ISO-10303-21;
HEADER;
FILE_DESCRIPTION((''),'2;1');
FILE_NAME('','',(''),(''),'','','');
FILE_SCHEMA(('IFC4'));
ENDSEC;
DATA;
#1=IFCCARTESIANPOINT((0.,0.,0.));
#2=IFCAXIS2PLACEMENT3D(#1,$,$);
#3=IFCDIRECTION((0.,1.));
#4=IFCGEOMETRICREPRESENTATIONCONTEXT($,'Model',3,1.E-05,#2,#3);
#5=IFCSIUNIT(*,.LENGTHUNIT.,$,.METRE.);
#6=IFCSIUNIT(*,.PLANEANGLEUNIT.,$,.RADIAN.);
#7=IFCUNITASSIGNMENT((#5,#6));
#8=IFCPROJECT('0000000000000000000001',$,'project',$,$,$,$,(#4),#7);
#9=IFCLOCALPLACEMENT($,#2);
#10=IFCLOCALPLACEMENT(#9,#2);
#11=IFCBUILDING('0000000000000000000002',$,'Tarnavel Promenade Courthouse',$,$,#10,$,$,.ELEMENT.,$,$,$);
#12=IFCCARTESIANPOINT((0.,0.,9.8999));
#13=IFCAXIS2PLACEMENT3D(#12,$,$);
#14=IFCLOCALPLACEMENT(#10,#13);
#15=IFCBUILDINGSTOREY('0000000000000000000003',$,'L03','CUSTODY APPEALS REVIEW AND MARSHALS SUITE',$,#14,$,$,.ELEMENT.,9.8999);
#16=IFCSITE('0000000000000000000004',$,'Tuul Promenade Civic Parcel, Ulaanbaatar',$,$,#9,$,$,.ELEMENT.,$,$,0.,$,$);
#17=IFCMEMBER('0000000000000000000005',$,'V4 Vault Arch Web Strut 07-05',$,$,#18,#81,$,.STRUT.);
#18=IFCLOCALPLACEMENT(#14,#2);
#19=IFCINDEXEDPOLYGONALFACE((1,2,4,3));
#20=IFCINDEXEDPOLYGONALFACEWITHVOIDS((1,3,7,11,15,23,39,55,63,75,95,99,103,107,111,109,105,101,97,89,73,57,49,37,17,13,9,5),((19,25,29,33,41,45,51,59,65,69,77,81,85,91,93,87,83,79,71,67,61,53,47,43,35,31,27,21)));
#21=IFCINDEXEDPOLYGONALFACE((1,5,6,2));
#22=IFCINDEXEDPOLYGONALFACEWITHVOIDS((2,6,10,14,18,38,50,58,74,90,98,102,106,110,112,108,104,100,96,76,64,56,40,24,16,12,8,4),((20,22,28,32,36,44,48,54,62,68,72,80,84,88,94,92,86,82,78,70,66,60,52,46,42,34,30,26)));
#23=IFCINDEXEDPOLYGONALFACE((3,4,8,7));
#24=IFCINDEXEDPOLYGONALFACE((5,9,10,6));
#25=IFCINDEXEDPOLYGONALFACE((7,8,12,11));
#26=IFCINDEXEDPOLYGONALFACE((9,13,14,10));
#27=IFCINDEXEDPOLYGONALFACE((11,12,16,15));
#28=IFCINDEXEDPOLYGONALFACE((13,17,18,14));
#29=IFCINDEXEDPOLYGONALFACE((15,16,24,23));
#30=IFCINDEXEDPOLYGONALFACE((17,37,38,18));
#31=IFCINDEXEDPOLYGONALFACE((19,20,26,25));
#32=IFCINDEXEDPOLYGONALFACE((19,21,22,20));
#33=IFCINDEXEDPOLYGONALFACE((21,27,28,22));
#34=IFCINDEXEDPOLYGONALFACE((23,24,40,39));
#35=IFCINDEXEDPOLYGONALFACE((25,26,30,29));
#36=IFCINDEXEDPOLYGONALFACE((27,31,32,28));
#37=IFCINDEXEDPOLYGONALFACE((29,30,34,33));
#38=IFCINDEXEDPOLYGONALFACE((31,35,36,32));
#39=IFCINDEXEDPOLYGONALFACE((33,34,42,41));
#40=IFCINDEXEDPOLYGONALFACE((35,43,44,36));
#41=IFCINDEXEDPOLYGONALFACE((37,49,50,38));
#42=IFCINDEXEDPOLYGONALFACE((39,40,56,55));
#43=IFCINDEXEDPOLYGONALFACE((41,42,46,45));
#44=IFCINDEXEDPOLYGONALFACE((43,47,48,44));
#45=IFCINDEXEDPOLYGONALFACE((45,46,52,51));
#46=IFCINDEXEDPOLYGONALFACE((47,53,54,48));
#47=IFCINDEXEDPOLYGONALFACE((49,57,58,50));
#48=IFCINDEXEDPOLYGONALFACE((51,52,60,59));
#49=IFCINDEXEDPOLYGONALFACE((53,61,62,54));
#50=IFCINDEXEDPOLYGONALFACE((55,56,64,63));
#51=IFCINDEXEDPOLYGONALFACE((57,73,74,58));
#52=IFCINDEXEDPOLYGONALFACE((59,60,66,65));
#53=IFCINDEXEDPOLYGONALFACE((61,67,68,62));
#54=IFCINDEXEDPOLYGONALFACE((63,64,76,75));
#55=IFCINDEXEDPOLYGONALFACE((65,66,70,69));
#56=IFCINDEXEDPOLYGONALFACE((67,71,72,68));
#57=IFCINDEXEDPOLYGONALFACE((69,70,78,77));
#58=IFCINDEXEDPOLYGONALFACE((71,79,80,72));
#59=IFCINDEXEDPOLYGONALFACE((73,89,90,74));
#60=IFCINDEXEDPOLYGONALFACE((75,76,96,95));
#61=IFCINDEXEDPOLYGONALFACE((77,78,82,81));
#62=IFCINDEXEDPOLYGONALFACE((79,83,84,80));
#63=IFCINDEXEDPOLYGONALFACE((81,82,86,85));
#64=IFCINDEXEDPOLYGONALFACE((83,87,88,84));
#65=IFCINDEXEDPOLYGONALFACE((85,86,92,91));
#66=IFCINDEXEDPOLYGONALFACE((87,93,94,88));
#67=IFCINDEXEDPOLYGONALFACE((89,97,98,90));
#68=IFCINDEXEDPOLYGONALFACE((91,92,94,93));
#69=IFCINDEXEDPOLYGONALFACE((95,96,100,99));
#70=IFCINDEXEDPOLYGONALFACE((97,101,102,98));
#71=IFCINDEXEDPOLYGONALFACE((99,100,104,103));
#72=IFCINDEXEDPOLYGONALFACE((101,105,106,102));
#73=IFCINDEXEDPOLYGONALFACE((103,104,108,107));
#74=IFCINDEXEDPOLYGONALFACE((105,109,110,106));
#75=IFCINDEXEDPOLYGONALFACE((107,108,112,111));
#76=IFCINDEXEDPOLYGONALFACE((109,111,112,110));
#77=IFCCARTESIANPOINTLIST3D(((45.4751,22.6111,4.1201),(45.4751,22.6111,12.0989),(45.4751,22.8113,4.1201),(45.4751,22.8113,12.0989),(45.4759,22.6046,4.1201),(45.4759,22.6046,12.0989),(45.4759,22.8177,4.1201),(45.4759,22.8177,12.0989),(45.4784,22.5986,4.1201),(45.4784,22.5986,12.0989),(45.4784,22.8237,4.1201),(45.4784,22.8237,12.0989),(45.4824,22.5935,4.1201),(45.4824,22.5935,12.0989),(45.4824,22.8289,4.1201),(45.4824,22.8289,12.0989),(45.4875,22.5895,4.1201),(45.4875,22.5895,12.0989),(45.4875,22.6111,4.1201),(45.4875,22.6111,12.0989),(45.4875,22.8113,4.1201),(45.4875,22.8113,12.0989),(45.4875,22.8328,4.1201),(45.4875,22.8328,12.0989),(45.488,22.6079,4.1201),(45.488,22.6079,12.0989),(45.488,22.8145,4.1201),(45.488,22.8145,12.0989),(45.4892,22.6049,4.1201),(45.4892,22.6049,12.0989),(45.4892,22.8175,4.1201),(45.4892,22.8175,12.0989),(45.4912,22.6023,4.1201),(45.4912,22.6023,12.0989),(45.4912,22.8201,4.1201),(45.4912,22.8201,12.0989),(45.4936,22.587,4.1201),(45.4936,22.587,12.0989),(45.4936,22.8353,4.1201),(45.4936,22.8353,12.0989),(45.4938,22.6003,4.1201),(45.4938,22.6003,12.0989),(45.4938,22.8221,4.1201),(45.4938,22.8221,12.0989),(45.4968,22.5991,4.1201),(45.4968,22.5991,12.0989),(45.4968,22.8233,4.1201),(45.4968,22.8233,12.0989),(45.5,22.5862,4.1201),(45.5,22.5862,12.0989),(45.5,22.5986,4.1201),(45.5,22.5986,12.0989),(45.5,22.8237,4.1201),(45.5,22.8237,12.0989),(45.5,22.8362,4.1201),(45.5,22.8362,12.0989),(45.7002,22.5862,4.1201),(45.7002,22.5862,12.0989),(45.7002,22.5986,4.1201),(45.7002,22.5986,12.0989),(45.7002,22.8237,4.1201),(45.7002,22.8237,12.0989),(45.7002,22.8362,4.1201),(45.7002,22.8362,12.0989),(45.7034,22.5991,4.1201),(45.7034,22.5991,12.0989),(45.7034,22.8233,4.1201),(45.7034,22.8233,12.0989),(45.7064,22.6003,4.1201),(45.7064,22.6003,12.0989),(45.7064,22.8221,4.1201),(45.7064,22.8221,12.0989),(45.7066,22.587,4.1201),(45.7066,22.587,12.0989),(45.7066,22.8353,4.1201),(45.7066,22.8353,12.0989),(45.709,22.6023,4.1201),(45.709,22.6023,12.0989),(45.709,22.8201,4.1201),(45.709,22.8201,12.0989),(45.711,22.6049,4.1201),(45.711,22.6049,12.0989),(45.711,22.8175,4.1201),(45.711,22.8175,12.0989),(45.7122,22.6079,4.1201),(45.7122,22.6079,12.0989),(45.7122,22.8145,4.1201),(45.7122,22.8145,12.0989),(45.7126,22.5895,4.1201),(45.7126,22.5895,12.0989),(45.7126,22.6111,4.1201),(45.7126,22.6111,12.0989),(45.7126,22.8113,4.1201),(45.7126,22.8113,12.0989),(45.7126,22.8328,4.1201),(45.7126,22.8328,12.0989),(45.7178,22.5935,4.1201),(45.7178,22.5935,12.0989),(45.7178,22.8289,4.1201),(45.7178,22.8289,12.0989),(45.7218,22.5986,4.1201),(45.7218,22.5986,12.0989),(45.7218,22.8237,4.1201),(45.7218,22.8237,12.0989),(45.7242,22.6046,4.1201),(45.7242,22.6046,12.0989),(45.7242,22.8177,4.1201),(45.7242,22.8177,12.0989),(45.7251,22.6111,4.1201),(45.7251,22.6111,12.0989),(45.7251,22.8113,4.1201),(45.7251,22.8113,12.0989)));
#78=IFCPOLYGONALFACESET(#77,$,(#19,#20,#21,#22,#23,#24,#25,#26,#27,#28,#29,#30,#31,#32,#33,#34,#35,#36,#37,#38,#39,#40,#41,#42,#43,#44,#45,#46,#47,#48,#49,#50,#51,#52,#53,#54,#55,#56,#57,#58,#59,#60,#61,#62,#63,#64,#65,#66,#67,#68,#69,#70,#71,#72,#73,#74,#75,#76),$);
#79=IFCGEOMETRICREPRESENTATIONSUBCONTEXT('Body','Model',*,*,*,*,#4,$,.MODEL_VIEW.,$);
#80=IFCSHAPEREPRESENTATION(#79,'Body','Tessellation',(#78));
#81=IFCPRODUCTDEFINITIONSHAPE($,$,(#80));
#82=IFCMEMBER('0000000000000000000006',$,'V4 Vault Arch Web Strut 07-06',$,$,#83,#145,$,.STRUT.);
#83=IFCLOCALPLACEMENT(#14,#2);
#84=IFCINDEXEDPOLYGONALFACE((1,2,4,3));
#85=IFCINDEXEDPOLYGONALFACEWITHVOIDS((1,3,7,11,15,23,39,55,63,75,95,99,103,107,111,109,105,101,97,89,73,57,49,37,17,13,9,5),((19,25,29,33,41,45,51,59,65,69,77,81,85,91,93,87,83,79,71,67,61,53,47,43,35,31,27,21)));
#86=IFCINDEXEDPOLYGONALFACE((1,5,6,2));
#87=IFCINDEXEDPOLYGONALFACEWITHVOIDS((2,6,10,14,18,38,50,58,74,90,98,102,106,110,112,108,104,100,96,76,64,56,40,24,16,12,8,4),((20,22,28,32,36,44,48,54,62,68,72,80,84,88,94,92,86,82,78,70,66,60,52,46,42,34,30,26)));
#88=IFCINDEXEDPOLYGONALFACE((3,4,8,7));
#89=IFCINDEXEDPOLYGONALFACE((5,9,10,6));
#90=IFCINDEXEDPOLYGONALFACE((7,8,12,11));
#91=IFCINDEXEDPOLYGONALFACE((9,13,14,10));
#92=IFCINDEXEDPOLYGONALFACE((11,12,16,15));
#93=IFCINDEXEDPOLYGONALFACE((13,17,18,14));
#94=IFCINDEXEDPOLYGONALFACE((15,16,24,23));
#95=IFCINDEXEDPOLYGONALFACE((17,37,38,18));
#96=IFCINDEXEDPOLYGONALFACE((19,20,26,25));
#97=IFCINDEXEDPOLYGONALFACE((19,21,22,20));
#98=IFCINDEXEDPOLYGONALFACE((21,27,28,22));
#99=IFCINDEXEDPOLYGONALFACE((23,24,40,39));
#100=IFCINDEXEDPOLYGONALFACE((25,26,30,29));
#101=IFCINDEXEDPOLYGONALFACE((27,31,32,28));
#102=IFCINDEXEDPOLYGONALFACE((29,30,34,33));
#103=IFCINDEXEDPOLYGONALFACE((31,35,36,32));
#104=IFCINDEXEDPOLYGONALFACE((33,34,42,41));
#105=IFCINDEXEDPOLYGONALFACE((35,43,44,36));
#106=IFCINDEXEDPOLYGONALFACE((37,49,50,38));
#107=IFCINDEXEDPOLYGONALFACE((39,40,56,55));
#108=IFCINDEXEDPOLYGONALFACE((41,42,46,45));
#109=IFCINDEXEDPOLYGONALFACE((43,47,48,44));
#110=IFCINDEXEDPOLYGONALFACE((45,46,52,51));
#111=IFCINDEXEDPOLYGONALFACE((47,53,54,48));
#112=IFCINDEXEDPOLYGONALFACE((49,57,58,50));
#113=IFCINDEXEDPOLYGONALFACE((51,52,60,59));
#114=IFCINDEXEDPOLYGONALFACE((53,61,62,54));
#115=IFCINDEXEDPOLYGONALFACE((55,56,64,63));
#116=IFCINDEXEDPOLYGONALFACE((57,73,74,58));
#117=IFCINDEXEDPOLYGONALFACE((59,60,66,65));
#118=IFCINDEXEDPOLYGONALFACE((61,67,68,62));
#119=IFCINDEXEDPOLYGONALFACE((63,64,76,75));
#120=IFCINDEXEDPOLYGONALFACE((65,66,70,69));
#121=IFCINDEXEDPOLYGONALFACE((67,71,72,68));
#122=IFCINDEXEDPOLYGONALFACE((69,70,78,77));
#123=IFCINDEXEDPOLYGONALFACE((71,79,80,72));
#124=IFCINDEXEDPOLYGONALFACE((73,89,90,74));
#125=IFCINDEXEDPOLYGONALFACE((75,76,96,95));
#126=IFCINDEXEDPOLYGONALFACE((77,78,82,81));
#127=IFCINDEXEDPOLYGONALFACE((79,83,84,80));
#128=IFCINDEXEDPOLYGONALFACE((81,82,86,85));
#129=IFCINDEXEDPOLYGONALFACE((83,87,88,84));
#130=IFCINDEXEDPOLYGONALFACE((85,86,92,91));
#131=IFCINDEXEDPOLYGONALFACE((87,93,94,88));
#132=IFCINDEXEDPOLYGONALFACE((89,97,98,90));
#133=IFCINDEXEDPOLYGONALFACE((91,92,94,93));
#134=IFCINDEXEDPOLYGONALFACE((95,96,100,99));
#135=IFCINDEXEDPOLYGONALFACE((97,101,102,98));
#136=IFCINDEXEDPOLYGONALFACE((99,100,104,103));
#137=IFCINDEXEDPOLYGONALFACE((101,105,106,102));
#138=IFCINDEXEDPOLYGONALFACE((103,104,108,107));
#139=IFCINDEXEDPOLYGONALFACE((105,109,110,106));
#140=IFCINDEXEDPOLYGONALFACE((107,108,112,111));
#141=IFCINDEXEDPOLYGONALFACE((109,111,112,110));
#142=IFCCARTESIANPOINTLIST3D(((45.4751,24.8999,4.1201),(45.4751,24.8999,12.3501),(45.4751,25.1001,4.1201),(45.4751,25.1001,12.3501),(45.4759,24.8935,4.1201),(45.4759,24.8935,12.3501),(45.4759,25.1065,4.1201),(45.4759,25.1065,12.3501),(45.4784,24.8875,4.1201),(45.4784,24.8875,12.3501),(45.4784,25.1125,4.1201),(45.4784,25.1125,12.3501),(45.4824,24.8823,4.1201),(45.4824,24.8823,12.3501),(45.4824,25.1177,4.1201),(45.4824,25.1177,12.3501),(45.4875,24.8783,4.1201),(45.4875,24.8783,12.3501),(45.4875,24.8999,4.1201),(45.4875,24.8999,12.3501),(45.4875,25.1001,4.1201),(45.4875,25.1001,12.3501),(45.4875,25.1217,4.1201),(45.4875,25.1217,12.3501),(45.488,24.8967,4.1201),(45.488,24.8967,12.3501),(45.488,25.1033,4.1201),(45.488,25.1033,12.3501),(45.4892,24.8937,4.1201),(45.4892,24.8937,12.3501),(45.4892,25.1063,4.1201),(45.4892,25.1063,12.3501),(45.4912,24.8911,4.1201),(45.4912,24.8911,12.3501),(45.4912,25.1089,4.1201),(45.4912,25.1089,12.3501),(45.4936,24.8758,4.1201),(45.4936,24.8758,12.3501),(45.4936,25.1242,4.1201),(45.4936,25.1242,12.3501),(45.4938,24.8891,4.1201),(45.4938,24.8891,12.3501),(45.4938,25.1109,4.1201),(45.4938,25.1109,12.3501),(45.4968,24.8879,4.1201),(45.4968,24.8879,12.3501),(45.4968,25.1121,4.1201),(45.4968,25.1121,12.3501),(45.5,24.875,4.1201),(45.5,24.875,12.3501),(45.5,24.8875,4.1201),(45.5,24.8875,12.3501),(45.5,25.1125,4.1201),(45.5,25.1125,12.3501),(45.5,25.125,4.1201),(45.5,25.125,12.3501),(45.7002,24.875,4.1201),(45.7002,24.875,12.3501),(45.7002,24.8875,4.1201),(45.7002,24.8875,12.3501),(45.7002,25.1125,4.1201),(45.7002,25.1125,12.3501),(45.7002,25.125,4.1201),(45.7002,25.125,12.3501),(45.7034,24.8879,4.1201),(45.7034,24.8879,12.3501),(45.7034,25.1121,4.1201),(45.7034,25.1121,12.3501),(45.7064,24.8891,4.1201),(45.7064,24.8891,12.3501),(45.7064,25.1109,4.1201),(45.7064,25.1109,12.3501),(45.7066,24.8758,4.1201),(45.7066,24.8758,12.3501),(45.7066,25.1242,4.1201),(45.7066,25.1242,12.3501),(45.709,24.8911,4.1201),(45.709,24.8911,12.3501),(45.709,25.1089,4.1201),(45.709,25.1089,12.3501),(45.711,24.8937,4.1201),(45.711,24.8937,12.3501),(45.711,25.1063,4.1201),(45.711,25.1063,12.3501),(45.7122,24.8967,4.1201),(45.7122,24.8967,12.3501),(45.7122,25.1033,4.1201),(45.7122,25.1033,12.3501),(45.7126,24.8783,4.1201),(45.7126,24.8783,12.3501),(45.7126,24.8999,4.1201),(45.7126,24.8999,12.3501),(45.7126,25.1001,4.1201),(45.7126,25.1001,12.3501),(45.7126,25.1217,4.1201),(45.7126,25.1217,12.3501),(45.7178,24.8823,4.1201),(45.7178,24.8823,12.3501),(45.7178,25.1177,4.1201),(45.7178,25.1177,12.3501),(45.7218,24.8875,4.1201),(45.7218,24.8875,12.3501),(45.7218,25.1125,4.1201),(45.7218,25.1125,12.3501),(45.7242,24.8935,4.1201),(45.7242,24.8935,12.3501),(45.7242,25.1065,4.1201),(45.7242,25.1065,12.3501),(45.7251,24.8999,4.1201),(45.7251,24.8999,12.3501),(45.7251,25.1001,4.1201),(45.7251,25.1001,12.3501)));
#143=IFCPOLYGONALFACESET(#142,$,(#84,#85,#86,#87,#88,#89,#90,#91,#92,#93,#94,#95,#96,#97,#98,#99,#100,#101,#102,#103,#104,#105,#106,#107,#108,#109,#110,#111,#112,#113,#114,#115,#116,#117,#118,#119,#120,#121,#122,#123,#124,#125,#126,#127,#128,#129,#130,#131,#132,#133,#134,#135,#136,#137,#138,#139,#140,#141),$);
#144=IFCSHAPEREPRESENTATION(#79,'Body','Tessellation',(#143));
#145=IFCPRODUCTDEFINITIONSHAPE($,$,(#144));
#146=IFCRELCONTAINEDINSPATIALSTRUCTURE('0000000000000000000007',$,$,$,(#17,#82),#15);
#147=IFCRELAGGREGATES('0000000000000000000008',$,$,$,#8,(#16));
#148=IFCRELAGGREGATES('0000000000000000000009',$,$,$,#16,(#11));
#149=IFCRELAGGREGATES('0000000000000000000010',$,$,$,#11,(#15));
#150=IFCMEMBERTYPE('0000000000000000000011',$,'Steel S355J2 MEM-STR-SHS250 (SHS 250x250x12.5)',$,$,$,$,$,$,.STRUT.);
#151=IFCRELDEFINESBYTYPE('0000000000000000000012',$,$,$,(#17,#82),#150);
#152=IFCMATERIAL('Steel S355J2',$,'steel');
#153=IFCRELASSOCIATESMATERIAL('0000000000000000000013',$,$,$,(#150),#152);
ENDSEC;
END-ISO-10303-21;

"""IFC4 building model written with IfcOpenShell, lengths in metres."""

from ifc_helpers import new_model, si_unit, direction, frame, origin, origin_2d, place, context, subcontext, project, spatial, hollow_rectangle, extrude, material, material_profile, profile_set, type_object, element, save


model = new_model("IFC4")

# Units and contexts
model_context = context("Model", 3, precision=1e-05, world=origin(), true_north=direction((0.0, 1.0)))
body_context = subcontext(model_context, "Body", "Model", "MODEL_VIEW")
ifc_project = project(units=[si_unit("LENGTHUNIT", "METRE"), si_unit("PLANEANGLEUNIT", "RADIAN")], contexts=[model_context])

# Site, building, storey
site_placement = place(None, origin())
site = spatial("IfcSite", under=ifc_project, at=site_placement, Name="Tuul Promenade Civic Parcel, Ulaanbaatar", CompositionType="ELEMENT", RefElevation=0.0)
building_placement = place(site_placement, origin())
building = spatial("IfcBuilding", under=site, at=building_placement, Name="Tarnavel Promenade Courthouse", CompositionType="ELEMENT")
storey_placement = place(building_placement, frame((0.0, 0.0, 9.8999)))
storey = spatial("IfcBuildingStorey", under=building, at=storey_placement, Name="L03", Description="CUSTODY APPEALS REVIEW AND MARSHALS SUITE", CompositionType="ELEMENT", Elevation=9.8999)

# Members
ifc_material_1 = material(Name="Steel S355J2", Category="steel")
ifc_material_profile = material_profile(ifc_material_1, hollow_rectangle(XDim=0.25, YDim=0.25, WallThickness=0.0125, InnerFilletRadius=0.0125, OuterFilletRadius=0.0249, at=origin_2d()), Name="SHS 250x250x12.5")
ifc_profile_set = profile_set([ifc_material_profile], Name="Steel S355J2")
member_type = type_object("IfcMemberType", Name="Steel S355J2 MEM-STR-SHS250 (SHS 250x250x12.5)", PredefinedType="STRUT", material=ifc_profile_set)
member_1_placement = place(storey_placement, frame((45.6001, 22.7112, 4.1201), z_axis=(0.0, 0.0, 1.0), x_axis=(1.0, 0.0, 0.0)))
element("IfcMember", 1, at=member_1_placement, inside=storey, type_object=member_type, Name="V4 Vault Arch Web Strut 07-05", PredefinedType="STRUT", context=body_context, shape_type="SweptSolid", body=[
    extrude(hollow_rectangle(XDim=0.25, YDim=0.25, WallThickness=0.0125, InnerFilletRadius=0.0125, OuterFilletRadius=0.0249, at=origin_2d()), origin(), (0.0, 0.0, 1.0), 7.9788),
])
member_2_placement = place(storey_placement, frame((45.6001, 25.0, 4.1201), z_axis=(0.0, 0.0, 1.0), x_axis=(1.0, 0.0, 0.0)))
element("IfcMember", 2, at=member_2_placement, inside=storey, type_object=member_type, Name="V4 Vault Arch Web Strut 07-06", PredefinedType="STRUT", context=body_context, shape_type="SweptSolid", body=[
    extrude(hollow_rectangle(XDim=0.25, YDim=0.25, WallThickness=0.0125, InnerFilletRadius=0.0125, OuterFilletRadius=0.0249, at=origin_2d()), origin(), (0.0, 0.0, 1.0), 8.23),
])

save(model, "model.ifc")
